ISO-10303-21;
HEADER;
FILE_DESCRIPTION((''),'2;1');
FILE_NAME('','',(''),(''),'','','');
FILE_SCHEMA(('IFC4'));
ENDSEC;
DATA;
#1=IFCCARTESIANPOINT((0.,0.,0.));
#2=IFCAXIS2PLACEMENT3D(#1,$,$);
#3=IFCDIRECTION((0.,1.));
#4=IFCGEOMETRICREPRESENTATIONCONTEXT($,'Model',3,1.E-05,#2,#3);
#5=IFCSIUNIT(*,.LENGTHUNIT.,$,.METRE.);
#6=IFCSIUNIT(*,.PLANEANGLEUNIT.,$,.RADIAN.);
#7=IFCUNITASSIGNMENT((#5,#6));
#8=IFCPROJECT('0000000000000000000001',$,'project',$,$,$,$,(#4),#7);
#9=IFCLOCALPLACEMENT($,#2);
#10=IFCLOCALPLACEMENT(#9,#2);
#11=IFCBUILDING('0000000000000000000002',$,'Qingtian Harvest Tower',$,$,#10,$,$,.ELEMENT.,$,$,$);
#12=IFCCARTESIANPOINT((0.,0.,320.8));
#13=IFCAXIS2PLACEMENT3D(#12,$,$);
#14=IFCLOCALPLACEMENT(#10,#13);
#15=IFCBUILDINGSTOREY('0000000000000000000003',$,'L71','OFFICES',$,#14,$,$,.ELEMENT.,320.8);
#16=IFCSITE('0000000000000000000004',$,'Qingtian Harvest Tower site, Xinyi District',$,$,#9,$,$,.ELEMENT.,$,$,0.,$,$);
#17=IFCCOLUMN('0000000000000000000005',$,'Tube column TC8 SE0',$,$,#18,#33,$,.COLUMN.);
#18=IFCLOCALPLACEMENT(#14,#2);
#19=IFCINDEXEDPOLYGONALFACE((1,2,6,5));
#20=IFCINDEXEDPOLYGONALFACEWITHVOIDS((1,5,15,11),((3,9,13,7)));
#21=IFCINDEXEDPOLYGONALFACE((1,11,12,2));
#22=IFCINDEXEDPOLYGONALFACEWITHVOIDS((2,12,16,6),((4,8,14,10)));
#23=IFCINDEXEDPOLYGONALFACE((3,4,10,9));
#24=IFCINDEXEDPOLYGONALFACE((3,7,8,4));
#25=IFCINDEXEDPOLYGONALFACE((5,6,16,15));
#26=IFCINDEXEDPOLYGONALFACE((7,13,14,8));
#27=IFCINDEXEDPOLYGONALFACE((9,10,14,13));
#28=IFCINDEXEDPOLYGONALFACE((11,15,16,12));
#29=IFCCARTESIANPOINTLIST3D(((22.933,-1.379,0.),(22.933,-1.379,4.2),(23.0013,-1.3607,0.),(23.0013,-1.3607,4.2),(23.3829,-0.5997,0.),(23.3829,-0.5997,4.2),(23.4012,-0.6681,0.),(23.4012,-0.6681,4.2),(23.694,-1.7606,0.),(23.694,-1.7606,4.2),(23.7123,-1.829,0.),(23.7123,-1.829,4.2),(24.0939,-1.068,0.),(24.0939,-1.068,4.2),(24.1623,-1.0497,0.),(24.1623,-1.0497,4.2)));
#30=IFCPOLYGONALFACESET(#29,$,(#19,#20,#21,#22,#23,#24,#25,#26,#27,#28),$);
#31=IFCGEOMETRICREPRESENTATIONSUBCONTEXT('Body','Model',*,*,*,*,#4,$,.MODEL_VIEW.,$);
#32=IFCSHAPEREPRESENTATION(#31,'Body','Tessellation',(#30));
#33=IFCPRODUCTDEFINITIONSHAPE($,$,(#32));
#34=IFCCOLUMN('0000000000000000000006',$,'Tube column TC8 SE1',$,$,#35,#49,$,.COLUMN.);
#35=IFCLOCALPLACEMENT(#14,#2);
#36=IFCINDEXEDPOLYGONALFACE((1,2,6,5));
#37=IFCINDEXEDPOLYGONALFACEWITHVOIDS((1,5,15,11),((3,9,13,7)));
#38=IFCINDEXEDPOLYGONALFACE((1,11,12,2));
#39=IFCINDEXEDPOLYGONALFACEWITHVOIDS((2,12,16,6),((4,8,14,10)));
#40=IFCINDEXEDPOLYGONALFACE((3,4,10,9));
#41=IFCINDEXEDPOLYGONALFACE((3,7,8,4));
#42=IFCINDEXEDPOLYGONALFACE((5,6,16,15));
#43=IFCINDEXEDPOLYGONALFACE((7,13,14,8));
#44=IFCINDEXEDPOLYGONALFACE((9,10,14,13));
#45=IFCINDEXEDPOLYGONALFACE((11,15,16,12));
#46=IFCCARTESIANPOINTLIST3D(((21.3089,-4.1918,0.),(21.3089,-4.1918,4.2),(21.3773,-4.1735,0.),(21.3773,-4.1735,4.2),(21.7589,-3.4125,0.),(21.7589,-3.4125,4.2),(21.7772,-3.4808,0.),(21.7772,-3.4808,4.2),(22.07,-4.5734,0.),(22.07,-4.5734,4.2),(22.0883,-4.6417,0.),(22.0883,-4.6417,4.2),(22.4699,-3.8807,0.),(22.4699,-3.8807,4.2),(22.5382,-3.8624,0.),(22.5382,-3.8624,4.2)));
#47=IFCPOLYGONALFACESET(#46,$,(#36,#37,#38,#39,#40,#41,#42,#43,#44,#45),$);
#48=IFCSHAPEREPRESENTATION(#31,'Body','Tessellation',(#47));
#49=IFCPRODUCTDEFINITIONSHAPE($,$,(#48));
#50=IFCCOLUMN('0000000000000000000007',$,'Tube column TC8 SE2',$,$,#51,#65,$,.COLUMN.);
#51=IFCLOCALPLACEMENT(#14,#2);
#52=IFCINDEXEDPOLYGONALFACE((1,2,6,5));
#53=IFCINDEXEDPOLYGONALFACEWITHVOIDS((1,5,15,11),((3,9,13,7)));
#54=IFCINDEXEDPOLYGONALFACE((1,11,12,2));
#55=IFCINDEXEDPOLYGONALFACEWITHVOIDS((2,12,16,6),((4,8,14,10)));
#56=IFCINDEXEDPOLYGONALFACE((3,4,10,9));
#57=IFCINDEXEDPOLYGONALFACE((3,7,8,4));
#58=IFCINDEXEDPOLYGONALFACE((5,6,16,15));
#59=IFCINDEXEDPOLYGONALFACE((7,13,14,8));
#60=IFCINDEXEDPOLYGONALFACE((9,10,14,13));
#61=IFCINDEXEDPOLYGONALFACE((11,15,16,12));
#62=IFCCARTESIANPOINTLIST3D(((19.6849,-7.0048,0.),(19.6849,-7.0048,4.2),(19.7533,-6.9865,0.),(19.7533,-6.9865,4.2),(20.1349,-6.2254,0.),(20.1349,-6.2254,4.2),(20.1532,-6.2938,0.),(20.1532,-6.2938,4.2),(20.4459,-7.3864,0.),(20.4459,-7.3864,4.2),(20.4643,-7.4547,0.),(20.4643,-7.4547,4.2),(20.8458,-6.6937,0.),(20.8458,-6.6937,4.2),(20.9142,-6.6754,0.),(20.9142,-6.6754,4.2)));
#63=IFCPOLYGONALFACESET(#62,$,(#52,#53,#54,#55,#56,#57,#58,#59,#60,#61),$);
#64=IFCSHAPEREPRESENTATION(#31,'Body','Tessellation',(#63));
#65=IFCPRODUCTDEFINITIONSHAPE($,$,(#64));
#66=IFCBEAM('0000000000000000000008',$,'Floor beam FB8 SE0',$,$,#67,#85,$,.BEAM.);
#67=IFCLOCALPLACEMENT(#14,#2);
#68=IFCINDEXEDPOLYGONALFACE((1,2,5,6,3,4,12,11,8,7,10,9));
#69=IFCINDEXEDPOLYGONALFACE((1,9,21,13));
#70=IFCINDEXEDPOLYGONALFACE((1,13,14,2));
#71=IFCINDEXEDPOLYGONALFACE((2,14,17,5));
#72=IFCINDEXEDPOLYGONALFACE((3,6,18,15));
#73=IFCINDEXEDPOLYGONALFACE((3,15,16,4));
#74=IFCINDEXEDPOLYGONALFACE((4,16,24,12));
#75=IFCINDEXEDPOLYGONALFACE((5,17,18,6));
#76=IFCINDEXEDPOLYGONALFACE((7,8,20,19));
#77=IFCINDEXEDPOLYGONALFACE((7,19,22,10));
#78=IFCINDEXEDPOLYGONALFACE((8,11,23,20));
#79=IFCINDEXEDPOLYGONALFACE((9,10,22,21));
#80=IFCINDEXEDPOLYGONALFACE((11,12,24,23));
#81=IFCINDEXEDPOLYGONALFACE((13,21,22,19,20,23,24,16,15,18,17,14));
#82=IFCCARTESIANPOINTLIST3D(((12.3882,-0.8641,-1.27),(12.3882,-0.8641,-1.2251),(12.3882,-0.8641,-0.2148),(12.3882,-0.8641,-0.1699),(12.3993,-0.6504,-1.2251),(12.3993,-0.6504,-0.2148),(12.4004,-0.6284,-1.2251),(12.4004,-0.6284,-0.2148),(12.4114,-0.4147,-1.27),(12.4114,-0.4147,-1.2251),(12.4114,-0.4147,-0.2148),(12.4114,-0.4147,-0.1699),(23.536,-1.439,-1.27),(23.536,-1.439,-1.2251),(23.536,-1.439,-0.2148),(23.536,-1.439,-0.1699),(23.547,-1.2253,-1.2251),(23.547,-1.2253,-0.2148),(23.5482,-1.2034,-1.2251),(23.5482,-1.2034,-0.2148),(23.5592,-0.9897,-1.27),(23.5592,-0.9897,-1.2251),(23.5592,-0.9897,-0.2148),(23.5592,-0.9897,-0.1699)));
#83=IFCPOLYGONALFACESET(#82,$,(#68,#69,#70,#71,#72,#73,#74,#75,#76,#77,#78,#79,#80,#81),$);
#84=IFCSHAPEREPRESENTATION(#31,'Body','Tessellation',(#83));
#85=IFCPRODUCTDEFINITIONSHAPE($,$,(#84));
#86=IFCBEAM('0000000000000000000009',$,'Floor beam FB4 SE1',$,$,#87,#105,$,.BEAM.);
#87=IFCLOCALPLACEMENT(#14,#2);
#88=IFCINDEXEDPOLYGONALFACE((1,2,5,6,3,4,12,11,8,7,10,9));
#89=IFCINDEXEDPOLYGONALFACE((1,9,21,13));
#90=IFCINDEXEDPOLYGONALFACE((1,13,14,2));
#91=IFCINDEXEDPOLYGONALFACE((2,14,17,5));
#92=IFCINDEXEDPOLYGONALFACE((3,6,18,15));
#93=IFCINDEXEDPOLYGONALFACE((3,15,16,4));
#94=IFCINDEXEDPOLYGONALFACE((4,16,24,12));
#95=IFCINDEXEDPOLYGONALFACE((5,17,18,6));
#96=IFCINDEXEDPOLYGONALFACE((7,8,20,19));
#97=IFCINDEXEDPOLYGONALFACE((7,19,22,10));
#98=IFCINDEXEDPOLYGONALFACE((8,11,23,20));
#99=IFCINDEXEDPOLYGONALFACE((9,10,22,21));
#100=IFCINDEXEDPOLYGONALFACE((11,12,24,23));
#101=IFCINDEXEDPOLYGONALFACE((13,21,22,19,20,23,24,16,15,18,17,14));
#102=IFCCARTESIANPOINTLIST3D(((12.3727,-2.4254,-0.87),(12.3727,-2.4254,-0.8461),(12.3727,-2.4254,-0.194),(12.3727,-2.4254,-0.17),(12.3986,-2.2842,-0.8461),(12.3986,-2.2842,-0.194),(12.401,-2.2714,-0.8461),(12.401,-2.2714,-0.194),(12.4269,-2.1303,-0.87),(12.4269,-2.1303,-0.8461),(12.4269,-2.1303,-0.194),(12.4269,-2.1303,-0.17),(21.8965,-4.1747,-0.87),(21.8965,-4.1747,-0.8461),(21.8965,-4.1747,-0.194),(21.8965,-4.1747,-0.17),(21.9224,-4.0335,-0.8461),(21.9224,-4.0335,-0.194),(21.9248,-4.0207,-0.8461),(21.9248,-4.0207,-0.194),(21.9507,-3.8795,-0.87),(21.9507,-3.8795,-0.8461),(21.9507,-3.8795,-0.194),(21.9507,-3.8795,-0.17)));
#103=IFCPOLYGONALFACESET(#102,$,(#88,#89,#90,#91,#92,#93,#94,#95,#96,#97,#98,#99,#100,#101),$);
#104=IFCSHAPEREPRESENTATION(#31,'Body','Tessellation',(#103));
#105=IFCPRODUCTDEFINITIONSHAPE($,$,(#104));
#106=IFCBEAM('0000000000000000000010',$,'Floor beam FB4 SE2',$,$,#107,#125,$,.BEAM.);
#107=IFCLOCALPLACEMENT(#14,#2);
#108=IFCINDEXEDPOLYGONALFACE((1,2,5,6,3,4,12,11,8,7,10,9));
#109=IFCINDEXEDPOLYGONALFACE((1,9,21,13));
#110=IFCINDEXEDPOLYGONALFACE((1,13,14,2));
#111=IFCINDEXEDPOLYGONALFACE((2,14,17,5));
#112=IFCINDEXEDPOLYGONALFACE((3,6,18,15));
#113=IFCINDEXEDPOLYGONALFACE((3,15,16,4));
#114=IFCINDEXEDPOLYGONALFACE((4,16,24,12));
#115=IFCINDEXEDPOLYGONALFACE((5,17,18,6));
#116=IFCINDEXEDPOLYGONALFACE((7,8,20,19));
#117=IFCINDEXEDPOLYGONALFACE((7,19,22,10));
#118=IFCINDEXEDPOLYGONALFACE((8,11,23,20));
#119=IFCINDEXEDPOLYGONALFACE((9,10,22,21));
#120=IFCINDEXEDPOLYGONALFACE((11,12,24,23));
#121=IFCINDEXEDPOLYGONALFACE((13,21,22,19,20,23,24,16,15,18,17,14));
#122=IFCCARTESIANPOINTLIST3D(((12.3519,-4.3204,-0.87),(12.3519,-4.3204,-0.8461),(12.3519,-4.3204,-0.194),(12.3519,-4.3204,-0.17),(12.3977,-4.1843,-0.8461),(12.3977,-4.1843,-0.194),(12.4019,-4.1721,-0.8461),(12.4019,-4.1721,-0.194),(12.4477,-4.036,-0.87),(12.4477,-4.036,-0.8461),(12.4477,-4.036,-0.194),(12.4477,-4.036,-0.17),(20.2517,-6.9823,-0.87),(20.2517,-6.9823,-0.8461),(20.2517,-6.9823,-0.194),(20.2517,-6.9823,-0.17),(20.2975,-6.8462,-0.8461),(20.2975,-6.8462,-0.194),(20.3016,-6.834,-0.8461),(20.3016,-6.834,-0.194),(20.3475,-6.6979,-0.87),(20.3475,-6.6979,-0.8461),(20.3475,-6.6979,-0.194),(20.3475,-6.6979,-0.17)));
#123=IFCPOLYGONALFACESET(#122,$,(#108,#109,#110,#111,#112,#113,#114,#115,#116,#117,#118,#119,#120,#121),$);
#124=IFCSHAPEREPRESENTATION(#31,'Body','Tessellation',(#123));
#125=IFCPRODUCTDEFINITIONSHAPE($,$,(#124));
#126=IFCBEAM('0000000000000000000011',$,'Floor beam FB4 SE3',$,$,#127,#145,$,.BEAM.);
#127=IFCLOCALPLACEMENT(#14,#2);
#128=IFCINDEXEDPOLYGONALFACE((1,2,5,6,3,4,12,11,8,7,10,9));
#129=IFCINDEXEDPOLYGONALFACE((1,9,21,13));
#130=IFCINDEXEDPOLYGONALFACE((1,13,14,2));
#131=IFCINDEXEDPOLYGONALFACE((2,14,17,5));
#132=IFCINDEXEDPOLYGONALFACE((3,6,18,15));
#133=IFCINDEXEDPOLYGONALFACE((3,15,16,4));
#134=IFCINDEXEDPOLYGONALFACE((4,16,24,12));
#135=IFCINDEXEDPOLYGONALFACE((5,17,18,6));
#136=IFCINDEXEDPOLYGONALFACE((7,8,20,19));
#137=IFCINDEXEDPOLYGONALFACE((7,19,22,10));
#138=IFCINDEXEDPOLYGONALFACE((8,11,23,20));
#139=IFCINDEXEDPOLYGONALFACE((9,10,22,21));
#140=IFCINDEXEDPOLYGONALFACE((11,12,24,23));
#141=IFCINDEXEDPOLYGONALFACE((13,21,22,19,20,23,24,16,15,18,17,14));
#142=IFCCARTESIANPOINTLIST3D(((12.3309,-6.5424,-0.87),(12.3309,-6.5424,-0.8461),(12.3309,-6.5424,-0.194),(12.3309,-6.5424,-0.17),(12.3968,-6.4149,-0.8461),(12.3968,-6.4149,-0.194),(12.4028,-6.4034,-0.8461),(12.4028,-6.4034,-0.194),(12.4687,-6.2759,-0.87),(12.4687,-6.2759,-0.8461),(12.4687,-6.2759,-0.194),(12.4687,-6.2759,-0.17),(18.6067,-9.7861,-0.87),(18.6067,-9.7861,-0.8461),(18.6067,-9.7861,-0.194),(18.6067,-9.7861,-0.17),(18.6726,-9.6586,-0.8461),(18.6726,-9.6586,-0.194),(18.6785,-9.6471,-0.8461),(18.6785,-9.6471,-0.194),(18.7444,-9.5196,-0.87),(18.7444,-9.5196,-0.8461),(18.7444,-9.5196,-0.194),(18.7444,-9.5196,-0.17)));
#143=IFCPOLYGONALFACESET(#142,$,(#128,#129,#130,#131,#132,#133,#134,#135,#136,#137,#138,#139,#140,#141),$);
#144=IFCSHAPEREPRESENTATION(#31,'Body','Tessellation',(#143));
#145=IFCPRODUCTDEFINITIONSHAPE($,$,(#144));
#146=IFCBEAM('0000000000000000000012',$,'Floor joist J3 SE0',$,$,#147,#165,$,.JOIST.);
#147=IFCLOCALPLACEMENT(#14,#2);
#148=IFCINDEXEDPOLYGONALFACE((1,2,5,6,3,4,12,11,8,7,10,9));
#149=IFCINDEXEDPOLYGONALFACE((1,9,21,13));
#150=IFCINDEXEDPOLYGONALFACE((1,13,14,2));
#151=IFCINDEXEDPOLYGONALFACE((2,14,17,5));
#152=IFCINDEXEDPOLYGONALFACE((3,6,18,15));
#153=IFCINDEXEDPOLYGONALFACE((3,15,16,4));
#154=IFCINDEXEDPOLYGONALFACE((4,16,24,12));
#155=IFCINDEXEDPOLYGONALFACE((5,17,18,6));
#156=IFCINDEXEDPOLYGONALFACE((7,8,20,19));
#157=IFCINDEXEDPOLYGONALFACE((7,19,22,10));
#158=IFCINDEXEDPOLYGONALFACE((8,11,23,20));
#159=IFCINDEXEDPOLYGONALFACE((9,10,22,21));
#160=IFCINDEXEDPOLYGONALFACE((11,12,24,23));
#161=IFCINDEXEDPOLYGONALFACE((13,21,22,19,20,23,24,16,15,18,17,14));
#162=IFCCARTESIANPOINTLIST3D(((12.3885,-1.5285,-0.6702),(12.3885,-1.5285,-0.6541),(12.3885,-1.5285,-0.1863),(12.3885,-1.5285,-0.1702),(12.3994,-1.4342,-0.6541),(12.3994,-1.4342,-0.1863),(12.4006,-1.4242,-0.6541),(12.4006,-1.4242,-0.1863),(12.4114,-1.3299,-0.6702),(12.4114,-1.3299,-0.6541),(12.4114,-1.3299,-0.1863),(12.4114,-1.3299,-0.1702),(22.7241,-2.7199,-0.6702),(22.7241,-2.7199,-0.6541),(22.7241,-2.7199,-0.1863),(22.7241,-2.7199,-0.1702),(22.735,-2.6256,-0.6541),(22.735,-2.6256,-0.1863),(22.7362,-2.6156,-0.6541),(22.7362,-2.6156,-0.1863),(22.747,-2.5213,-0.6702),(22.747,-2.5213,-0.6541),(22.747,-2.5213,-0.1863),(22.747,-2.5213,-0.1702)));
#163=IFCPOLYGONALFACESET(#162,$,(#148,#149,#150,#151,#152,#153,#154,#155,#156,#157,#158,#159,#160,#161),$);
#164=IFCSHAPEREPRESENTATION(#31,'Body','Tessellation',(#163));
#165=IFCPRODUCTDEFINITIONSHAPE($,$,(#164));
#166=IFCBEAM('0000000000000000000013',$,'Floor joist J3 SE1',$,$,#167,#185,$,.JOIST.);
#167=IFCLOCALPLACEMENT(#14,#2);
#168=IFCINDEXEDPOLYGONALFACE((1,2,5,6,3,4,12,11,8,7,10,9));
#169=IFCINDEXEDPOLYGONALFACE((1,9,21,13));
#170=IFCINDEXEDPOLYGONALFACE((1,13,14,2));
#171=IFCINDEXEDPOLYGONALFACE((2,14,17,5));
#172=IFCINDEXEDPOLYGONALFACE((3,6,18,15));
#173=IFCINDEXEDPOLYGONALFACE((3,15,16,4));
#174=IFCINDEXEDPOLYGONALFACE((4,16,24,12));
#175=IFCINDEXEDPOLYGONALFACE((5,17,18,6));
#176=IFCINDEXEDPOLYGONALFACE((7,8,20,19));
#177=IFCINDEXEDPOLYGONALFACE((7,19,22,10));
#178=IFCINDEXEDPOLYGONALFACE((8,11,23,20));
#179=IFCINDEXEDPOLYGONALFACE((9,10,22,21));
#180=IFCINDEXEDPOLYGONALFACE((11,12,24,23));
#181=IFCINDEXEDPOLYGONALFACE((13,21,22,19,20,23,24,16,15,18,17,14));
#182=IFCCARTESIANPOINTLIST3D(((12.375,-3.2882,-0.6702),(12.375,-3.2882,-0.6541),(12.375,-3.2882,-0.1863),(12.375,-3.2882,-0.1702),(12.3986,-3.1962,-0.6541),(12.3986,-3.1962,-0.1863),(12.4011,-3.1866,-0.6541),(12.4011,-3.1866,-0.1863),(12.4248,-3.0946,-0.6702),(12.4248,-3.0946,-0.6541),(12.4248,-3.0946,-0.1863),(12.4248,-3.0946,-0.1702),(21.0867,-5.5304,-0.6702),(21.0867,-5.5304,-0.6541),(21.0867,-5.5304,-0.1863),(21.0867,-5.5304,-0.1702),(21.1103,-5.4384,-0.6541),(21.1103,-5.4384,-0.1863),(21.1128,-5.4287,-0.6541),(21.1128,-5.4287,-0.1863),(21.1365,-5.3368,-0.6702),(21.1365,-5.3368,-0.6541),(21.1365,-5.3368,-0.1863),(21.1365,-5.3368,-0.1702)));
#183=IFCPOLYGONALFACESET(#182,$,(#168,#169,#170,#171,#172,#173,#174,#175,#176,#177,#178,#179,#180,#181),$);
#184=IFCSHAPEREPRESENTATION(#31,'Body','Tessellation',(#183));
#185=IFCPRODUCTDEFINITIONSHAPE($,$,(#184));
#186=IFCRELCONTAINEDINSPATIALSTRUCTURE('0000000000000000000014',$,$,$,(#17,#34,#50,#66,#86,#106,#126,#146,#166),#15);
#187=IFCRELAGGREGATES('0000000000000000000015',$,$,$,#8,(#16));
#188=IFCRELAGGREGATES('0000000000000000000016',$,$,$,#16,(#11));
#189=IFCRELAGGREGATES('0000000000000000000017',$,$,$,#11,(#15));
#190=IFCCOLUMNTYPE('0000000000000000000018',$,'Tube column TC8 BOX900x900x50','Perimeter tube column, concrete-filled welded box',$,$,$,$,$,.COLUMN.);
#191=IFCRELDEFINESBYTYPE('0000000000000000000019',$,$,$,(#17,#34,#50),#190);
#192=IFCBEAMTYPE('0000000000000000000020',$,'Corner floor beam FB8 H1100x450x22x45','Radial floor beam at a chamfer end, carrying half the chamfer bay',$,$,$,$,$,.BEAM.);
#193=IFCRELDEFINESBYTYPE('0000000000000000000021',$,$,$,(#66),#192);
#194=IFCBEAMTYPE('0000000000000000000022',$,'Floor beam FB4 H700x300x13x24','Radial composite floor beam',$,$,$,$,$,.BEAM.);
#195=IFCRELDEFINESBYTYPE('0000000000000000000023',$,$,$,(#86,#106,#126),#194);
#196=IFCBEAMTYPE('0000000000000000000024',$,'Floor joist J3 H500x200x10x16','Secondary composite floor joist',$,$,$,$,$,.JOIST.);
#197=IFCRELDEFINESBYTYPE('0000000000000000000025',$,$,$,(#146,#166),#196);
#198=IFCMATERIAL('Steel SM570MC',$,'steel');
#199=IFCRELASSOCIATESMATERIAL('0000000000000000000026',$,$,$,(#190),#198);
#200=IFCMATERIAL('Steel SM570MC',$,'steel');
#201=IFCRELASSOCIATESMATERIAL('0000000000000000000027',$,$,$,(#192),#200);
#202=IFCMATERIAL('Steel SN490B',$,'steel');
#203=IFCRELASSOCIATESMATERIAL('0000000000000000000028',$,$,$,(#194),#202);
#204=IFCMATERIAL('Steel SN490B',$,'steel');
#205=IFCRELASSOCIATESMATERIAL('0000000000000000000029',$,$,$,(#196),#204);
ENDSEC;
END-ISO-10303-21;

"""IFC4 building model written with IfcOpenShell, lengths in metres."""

from ifc_helpers import new_model, si_unit, direction, frame, origin, origin_2d, place, context, subcontext, project, spatial, hollow_rectangle, i_section, extrude, material, material_profile, profile_set, type_object, element, save


model = new_model("IFC4")

# Units and contexts
model_context = context("Model", 3, precision=1e-05, world=origin(), true_north=direction((0.0, 1.0)))
body_context = subcontext(model_context, "Body", "Model", "MODEL_VIEW")
ifc_project = project(units=[si_unit("LENGTHUNIT", "METRE"), si_unit("PLANEANGLEUNIT", "RADIAN")], contexts=[model_context])

# Site, building, storey
site_placement = place(None, origin())
site = spatial("IfcSite", under=ifc_project, at=site_placement, Name="Qingtian Harvest Tower site, Xinyi District", CompositionType="ELEMENT", RefElevation=0.0)
building_placement = place(site_placement, origin())
building = spatial("IfcBuilding", under=site, at=building_placement, Name="Qingtian Harvest Tower", CompositionType="ELEMENT")
storey_placement = place(building_placement, frame((0.0, 0.0, 320.8)))
storey = spatial("IfcBuildingStorey", under=building, at=storey_placement, Name="L71", Description="OFFICES", CompositionType="ELEMENT", Elevation=320.8)

# Columns
ifc_material_1 = material(Name="Steel SM570MC", Category="steel")
ifc_material_profile_1 = material_profile(ifc_material_1, hollow_rectangle(XDim=0.8999, YDim=0.8999, WallThickness=0.05, at=origin_2d()), Name="BOX900x900x50")
ifc_profile_set_1 = profile_set([ifc_material_profile_1], Name="Steel SM570MC")
column_type = type_object("IfcColumnType", Name="Tube column TC8 BOX900x900x50", Description="Perimeter tube column, concrete-filled welded box", PredefinedType="COLUMN", material=ifc_profile_set_1)
for number, where, z_axis, x_axis, name in (
    (1, (23.5476, -1.2144, 0.0), (0.0, 0.0, 1.0), (0.5, 0.866025, 0.0), "Tube column TC8 SE0"),
    (2, (21.9236, -4.0271, 0.0), (0.0, 0.0, 1.0), (0.5, 0.866025, 0.0), "Tube column TC8 SE1"),
    (3, (20.2996, -6.8401, 0.0), (0.0, 0.0, 1.0), (0.5, 0.866025, 0.0), "Tube column TC8 SE2"),
):
    element("IfcColumn", number, at=place(storey_placement, frame(where, z_axis=z_axis, x_axis=x_axis)), inside=storey, type_object=column_type, Name=name, PredefinedType="COLUMN", context=body_context, shape_type="SweptSolid", body=[
        extrude(hollow_rectangle(XDim=0.8999, YDim=0.8999, WallThickness=0.05, at=origin_2d()), origin(), (0.0, 0.0, 1.0), 4.2),
    ])

# Beams
ifc_material_2 = material(Name="Steel SM570MC", Category="steel")
ifc_material_profile_2 = material_profile(ifc_material_2, i_section(OverallWidth=0.45, OverallDepth=1.1001, WebThickness=0.022, FlangeThickness=0.0449, at=origin_2d()), Name="H1100x450x22x45")
ifc_profile_set_2 = profile_set([ifc_material_profile_2], Name="Steel SM570MC")
beam_type_1 = type_object("IfcBeamType", Name="Corner floor beam FB8 H1100x450x22x45", Description="Radial floor beam at a chamfer end, carrying half the chamfer bay", PredefinedType="BEAM", material=ifc_profile_set_2)
beam_1_placement = place(storey_placement, frame((23.5476, -1.2144, -0.72), z_axis=(-0.998673, 0.051507, 0.0), x_axis=(-0.051507, -0.998673, 0.0)))
element("IfcBeam", 4, at=beam_1_placement, inside=storey, type_object=beam_type_1, Name="Floor beam FB8 SE0", PredefinedType="BEAM", context=body_context, shape_type="SweptSolid", body=[
    extrude(i_section(OverallWidth=0.45, OverallDepth=1.1001, WebThickness=0.022, FlangeThickness=0.0449, at=origin_2d()), origin(), (0.0, 0.0, 1.0), 11.1626),
])
ifc_material_3 = material(Name="Steel SN490B", Category="steel")
ifc_material_profile_3 = material_profile(ifc_material_3, i_section(OverallWidth=0.3, OverallDepth=0.7, WebThickness=0.0129, FlangeThickness=0.0239, at=origin_2d()), Name="H700x300x13x24")
ifc_profile_set_3 = profile_set([ifc_material_profile_3], Name="Steel SN490B")
beam_type_2 = type_object("IfcBeamType", Name="Floor beam FB4 H700x300x13x24", Description="Radial composite floor beam", PredefinedType="BEAM", material=ifc_profile_set_3)
beam_2_placement = place(storey_placement, frame((21.9236, -4.0271, -0.52), z_axis=(-0.983547, 0.180654, 0.0), x_axis=(-0.180654, -0.983547, 0.0)))
element("IfcBeam", 5, at=beam_2_placement, inside=storey, type_object=beam_type_2, Name="Floor beam FB4 SE1", PredefinedType="BEAM", context=body_context, shape_type="SweptSolid", body=[
    extrude(i_section(OverallWidth=0.3, OverallDepth=0.7, WebThickness=0.0129, FlangeThickness=0.0239, at=origin_2d()), origin(), (0.0, 0.0, 1.0), 9.6831),
])
beam_3_placement = place(storey_placement, frame((20.2996, -6.8401, -0.52), z_axis=(-0.947647, 0.319319, 0.0), x_axis=(-0.319319, -0.947647, 0.0)))
element("IfcBeam", 6, at=beam_3_placement, inside=storey, type_object=beam_type_2, Name="Floor beam FB4 SE2", PredefinedType="BEAM", context=body_context, shape_type="SweptSolid", body=[
    extrude(i_section(OverallWidth=0.3, OverallDepth=0.7, WebThickness=0.0129, FlangeThickness=0.0239, at=origin_2d()), origin(), (0.0, 0.0, 1.0), 8.3362),
])
beam_4_placement = place(storey_placement, frame((18.6755, -9.6528, -0.52), z_axis=(-0.888354, 0.459159, 0.0), x_axis=(-0.459159, -0.888354, 0.0)))
element("IfcBeam", 7, at=beam_4_placement, inside=storey, type_object=beam_type_2, Name="Floor beam FB4 SE3", PredefinedType="BEAM", context=body_context, shape_type="SweptSolid", body=[
    extrude(i_section(OverallWidth=0.3, OverallDepth=0.7, WebThickness=0.0129, FlangeThickness=0.0239, at=origin_2d()), origin(), (0.0, 0.0, 1.0), 7.0645),
])
ifc_material_4 = material(Name="Steel SN490B", Category="steel")
ifc_material_profile_4 = material_profile(ifc_material_4, i_section(OverallWidth=0.2, OverallDepth=0.5, WebThickness=0.01, FlangeThickness=0.0161, at=origin_2d()), Name="H500x200x10x16")
ifc_profile_set_4 = profile_set([ifc_material_profile_4], Name="Steel SN490B")
beam_type_3 = type_object("IfcBeamType", Name="Floor joist J3 H500x200x10x16", Description="Secondary composite floor joist", PredefinedType="JOIST", material=ifc_profile_set_4)
beam_5_placement = place(storey_placement, frame((22.7356, -2.6206, -0.4202), z_axis=(-0.993422, 0.114513, 0.0), x_axis=(-0.114513, -0.993422, 0.0)))
element("IfcBeam", 8, at=beam_5_placement, inside=storey, type_object=beam_type_3, Name="Floor joist J3 SE0", PredefinedType="JOIST", context=body_context, shape_type="SweptSolid", body=[
    extrude(i_section(OverallWidth=0.2, OverallDepth=0.5, WebThickness=0.01, FlangeThickness=0.0161, at=origin_2d()), origin(), (0.0, 0.0, 1.0), 10.4041),
])
beam_6_placement = place(storey_placement, frame((21.1116, -5.4336, -0.4202), z_axis=(-0.968438, 0.249254, 0.0), x_axis=(-0.249254, -0.968438, 0.0)))
element("IfcBeam", 9, at=beam_6_placement, inside=storey, type_object=beam_type_3, Name="Floor joist J3 SE1", PredefinedType="JOIST", context=body_context, shape_type="SweptSolid", body=[
    extrude(i_section(OverallWidth=0.2, OverallDepth=0.5, WebThickness=0.01, FlangeThickness=0.0161, at=origin_2d()), origin(), (0.0, 0.0, 1.0), 8.9956),
])

save(model, "model.ifc")
